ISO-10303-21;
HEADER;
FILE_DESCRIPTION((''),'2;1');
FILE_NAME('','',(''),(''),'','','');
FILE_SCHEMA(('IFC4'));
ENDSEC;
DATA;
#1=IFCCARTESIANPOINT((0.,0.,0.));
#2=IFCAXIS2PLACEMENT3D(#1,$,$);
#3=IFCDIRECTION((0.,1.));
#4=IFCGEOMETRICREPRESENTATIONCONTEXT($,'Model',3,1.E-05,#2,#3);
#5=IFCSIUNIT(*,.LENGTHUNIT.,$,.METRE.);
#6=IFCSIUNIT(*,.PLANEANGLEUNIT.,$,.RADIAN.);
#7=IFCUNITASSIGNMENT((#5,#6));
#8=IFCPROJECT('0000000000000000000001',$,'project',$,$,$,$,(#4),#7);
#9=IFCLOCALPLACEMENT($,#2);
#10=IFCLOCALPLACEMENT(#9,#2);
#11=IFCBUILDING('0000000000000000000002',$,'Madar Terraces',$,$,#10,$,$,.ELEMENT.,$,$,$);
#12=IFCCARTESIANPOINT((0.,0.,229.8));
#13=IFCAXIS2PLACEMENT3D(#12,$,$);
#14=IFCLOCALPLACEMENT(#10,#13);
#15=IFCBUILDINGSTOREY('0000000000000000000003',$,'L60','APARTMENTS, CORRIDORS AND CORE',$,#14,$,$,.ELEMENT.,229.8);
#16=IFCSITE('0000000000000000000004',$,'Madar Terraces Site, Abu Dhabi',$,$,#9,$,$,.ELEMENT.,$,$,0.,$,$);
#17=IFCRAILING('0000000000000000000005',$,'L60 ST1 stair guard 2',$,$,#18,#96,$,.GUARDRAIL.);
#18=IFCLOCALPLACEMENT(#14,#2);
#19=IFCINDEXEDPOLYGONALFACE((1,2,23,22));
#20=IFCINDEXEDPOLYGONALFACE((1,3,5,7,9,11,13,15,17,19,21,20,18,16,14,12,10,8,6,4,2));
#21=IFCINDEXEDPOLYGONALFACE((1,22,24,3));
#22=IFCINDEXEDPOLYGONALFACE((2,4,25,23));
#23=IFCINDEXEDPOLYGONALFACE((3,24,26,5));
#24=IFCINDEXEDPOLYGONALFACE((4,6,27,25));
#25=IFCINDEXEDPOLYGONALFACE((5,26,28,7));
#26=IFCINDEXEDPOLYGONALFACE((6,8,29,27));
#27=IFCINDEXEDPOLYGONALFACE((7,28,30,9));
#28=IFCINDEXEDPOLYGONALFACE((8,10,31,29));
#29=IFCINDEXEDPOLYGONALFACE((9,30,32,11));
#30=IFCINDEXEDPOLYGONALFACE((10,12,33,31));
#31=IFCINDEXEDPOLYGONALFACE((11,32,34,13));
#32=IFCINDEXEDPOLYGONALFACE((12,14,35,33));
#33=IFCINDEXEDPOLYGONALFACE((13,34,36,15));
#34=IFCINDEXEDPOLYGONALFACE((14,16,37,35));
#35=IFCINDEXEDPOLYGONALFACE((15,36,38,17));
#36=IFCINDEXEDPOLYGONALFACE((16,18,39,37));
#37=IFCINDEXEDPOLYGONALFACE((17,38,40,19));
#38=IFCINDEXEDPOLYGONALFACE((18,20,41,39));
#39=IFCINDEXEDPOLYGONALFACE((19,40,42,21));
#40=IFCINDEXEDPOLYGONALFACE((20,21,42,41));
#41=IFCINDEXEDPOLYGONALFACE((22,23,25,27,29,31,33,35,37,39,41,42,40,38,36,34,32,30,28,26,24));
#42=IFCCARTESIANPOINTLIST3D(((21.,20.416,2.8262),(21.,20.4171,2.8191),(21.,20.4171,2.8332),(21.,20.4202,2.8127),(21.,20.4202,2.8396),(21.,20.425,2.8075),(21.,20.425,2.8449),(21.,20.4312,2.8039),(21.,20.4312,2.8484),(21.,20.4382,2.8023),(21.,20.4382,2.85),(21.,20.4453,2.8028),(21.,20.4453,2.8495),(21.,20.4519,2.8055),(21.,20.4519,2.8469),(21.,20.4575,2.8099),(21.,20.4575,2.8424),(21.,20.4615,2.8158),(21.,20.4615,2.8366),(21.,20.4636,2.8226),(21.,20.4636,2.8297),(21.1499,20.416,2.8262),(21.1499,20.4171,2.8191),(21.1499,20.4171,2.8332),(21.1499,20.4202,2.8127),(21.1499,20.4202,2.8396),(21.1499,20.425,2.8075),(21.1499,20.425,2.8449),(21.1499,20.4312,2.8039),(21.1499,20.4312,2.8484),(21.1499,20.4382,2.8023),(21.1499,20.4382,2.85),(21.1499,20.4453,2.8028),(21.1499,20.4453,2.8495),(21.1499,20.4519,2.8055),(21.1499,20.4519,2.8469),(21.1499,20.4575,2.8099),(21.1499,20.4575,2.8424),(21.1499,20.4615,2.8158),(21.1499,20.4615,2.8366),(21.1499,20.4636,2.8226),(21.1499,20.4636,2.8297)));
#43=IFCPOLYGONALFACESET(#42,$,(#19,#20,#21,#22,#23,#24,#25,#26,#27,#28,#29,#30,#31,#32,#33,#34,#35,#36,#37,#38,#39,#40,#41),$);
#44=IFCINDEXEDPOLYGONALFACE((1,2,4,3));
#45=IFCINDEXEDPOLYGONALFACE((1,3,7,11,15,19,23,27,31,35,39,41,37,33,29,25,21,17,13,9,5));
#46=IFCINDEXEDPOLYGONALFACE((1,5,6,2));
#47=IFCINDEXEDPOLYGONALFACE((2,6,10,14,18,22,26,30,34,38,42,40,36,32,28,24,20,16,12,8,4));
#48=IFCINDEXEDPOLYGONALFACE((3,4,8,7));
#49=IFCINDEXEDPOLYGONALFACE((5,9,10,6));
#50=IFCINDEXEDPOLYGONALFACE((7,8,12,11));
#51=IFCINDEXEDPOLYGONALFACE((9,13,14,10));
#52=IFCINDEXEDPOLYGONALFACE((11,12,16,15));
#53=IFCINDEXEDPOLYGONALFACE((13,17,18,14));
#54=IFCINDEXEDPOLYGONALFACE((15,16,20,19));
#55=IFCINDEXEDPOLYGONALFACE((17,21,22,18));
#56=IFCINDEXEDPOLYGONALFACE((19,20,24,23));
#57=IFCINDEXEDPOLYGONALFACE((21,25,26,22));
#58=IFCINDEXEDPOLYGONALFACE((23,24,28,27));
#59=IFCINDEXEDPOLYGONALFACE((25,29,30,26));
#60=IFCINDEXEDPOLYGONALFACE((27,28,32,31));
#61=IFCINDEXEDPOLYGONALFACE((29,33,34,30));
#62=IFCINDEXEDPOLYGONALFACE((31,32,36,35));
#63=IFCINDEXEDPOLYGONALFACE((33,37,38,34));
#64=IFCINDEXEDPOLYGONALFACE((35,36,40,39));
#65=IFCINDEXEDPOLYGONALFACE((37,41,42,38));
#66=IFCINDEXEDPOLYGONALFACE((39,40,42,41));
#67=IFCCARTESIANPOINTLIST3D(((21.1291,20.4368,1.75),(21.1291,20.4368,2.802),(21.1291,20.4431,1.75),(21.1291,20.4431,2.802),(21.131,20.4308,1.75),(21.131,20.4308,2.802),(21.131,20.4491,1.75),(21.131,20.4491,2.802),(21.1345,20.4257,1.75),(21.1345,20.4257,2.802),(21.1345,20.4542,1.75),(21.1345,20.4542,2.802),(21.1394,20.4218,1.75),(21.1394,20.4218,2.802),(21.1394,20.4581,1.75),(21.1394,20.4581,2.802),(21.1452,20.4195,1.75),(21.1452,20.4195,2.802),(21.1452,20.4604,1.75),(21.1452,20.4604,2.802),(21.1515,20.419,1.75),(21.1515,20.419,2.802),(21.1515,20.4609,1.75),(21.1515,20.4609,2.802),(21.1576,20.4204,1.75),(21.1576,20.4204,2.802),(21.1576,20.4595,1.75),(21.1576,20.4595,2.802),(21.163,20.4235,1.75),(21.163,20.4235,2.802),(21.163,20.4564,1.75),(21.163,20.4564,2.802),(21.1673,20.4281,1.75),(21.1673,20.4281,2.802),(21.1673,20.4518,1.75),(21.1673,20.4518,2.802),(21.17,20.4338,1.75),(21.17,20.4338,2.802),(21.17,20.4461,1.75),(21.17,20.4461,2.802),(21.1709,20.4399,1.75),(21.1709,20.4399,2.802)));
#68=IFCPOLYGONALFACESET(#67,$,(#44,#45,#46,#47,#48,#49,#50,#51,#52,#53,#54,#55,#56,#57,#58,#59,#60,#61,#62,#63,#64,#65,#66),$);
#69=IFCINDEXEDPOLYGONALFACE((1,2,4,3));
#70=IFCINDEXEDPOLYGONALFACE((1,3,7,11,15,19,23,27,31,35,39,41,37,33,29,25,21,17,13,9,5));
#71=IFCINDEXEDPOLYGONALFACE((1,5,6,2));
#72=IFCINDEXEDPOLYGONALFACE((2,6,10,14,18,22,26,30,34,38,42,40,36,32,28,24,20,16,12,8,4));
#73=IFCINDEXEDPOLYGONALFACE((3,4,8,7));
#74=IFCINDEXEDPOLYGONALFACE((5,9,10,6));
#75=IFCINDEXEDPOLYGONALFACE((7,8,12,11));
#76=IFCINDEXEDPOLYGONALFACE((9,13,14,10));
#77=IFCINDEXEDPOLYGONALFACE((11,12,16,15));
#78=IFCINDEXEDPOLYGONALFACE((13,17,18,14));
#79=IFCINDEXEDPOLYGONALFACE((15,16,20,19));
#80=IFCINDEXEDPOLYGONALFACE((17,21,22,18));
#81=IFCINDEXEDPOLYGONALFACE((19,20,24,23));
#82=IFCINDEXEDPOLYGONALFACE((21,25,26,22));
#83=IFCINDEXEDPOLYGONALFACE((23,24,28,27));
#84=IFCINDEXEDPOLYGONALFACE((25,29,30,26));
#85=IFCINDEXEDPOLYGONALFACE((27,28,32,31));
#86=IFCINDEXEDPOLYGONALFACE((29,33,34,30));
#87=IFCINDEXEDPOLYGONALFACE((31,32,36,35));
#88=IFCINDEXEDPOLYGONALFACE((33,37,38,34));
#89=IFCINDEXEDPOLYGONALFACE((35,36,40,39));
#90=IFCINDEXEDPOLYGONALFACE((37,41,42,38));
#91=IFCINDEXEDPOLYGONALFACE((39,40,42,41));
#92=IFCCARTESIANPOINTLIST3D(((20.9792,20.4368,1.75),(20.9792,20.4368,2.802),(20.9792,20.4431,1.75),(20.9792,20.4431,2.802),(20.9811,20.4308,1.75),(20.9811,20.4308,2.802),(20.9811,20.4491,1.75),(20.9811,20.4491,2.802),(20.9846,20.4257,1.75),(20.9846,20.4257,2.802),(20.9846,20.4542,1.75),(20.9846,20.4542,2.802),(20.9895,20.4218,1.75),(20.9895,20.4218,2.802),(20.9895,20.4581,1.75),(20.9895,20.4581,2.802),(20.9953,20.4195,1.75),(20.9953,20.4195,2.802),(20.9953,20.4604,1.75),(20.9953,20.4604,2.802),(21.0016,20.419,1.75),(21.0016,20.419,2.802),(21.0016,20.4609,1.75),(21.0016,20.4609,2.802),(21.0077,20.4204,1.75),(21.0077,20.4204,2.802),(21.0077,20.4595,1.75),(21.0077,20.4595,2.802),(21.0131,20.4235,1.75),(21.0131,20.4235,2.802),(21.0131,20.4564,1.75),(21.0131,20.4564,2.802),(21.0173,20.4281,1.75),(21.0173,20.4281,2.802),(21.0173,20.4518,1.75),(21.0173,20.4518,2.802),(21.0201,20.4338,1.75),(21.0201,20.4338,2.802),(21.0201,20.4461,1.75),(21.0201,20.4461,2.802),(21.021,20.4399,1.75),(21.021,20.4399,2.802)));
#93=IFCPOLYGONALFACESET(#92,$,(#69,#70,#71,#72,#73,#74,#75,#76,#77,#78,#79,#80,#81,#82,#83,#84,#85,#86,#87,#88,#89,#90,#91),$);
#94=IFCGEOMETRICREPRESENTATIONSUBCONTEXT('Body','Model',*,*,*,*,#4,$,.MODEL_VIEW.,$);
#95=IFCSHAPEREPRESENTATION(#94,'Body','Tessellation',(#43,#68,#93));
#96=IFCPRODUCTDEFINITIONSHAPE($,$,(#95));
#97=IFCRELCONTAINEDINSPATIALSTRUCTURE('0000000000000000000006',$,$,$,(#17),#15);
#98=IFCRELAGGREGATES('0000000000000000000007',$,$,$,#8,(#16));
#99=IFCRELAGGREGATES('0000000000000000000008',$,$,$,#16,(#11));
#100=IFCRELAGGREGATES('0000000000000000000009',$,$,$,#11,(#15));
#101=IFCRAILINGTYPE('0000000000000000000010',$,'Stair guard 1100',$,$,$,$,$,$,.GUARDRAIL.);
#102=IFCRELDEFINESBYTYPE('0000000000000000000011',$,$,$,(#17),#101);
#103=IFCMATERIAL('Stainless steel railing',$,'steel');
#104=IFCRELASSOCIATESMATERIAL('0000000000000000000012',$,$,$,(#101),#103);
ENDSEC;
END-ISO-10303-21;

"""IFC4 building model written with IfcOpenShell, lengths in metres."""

from ifc_helpers import new_model, si_unit, direction, frame, origin, origin_2d, place, context, subcontext, project, spatial, circle, extrude, material, type_object, element, save


model = new_model("IFC4")

# Units and contexts
model_context = context("Model", 3, precision=1e-05, world=origin(), true_north=direction((0.0, 1.0)))
body_context = subcontext(model_context, "Body", "Model", "MODEL_VIEW")
ifc_project = project(units=[si_unit("LENGTHUNIT", "METRE"), si_unit("PLANEANGLEUNIT", "RADIAN")], contexts=[model_context])

# Site, building, storey
site_placement = place(None, origin())
site = spatial("IfcSite", under=ifc_project, at=site_placement, Name="Madar Terraces Site, Abu Dhabi", CompositionType="ELEMENT", RefElevation=0.0)
building_placement = place(site_placement, origin())
building = spatial("IfcBuilding", under=site, at=building_placement, Name="Madar Terraces", CompositionType="ELEMENT")
storey_placement = place(building_placement, frame((0.0, 0.0, 229.8)))
storey = spatial("IfcBuildingStorey", under=building, at=storey_placement, Name="L60", Description="APARTMENTS, CORRIDORS AND CORE", CompositionType="ELEMENT", Elevation=229.8)

# Railing
ifc_material_1 = material(Name="Stainless steel railing", Category="steel")
railing_type_1 = type_object("IfcRailingType", Name="Stair guard 1100", PredefinedType="GUARDRAIL", material=ifc_material_1)
railing_1_placement = place(storey_placement, frame((21.1499, 20.4399, 1.75)))
element("IfcRailing", 1, at=railing_1_placement, inside=storey, type_object=railing_type_1, Name="L60 ST1 stair guard 2", PredefinedType="GUARDRAIL", context=body_context, shape_type="SweptSolid", body=[
    extrude(circle(Radius=0.0239, at=origin_2d()), frame((0.0, 0.0, 1.0762), z_axis=(-1.0, 0.0, 0.0), x_axis=(0.0, -1.0, 0.0)), (0.0, 0.0, 1.0), 0.1499),
    extrude(circle(Radius=0.021, at=origin_2d()), origin(), (0.0, 0.0, 1.0), 1.052),
    extrude(circle(Radius=0.021, at=origin_2d()), frame((-0.1499, 0.0, 0.0)), (0.0, 0.0, 1.0), 1.052),
])

save(model, "model.ifc")
